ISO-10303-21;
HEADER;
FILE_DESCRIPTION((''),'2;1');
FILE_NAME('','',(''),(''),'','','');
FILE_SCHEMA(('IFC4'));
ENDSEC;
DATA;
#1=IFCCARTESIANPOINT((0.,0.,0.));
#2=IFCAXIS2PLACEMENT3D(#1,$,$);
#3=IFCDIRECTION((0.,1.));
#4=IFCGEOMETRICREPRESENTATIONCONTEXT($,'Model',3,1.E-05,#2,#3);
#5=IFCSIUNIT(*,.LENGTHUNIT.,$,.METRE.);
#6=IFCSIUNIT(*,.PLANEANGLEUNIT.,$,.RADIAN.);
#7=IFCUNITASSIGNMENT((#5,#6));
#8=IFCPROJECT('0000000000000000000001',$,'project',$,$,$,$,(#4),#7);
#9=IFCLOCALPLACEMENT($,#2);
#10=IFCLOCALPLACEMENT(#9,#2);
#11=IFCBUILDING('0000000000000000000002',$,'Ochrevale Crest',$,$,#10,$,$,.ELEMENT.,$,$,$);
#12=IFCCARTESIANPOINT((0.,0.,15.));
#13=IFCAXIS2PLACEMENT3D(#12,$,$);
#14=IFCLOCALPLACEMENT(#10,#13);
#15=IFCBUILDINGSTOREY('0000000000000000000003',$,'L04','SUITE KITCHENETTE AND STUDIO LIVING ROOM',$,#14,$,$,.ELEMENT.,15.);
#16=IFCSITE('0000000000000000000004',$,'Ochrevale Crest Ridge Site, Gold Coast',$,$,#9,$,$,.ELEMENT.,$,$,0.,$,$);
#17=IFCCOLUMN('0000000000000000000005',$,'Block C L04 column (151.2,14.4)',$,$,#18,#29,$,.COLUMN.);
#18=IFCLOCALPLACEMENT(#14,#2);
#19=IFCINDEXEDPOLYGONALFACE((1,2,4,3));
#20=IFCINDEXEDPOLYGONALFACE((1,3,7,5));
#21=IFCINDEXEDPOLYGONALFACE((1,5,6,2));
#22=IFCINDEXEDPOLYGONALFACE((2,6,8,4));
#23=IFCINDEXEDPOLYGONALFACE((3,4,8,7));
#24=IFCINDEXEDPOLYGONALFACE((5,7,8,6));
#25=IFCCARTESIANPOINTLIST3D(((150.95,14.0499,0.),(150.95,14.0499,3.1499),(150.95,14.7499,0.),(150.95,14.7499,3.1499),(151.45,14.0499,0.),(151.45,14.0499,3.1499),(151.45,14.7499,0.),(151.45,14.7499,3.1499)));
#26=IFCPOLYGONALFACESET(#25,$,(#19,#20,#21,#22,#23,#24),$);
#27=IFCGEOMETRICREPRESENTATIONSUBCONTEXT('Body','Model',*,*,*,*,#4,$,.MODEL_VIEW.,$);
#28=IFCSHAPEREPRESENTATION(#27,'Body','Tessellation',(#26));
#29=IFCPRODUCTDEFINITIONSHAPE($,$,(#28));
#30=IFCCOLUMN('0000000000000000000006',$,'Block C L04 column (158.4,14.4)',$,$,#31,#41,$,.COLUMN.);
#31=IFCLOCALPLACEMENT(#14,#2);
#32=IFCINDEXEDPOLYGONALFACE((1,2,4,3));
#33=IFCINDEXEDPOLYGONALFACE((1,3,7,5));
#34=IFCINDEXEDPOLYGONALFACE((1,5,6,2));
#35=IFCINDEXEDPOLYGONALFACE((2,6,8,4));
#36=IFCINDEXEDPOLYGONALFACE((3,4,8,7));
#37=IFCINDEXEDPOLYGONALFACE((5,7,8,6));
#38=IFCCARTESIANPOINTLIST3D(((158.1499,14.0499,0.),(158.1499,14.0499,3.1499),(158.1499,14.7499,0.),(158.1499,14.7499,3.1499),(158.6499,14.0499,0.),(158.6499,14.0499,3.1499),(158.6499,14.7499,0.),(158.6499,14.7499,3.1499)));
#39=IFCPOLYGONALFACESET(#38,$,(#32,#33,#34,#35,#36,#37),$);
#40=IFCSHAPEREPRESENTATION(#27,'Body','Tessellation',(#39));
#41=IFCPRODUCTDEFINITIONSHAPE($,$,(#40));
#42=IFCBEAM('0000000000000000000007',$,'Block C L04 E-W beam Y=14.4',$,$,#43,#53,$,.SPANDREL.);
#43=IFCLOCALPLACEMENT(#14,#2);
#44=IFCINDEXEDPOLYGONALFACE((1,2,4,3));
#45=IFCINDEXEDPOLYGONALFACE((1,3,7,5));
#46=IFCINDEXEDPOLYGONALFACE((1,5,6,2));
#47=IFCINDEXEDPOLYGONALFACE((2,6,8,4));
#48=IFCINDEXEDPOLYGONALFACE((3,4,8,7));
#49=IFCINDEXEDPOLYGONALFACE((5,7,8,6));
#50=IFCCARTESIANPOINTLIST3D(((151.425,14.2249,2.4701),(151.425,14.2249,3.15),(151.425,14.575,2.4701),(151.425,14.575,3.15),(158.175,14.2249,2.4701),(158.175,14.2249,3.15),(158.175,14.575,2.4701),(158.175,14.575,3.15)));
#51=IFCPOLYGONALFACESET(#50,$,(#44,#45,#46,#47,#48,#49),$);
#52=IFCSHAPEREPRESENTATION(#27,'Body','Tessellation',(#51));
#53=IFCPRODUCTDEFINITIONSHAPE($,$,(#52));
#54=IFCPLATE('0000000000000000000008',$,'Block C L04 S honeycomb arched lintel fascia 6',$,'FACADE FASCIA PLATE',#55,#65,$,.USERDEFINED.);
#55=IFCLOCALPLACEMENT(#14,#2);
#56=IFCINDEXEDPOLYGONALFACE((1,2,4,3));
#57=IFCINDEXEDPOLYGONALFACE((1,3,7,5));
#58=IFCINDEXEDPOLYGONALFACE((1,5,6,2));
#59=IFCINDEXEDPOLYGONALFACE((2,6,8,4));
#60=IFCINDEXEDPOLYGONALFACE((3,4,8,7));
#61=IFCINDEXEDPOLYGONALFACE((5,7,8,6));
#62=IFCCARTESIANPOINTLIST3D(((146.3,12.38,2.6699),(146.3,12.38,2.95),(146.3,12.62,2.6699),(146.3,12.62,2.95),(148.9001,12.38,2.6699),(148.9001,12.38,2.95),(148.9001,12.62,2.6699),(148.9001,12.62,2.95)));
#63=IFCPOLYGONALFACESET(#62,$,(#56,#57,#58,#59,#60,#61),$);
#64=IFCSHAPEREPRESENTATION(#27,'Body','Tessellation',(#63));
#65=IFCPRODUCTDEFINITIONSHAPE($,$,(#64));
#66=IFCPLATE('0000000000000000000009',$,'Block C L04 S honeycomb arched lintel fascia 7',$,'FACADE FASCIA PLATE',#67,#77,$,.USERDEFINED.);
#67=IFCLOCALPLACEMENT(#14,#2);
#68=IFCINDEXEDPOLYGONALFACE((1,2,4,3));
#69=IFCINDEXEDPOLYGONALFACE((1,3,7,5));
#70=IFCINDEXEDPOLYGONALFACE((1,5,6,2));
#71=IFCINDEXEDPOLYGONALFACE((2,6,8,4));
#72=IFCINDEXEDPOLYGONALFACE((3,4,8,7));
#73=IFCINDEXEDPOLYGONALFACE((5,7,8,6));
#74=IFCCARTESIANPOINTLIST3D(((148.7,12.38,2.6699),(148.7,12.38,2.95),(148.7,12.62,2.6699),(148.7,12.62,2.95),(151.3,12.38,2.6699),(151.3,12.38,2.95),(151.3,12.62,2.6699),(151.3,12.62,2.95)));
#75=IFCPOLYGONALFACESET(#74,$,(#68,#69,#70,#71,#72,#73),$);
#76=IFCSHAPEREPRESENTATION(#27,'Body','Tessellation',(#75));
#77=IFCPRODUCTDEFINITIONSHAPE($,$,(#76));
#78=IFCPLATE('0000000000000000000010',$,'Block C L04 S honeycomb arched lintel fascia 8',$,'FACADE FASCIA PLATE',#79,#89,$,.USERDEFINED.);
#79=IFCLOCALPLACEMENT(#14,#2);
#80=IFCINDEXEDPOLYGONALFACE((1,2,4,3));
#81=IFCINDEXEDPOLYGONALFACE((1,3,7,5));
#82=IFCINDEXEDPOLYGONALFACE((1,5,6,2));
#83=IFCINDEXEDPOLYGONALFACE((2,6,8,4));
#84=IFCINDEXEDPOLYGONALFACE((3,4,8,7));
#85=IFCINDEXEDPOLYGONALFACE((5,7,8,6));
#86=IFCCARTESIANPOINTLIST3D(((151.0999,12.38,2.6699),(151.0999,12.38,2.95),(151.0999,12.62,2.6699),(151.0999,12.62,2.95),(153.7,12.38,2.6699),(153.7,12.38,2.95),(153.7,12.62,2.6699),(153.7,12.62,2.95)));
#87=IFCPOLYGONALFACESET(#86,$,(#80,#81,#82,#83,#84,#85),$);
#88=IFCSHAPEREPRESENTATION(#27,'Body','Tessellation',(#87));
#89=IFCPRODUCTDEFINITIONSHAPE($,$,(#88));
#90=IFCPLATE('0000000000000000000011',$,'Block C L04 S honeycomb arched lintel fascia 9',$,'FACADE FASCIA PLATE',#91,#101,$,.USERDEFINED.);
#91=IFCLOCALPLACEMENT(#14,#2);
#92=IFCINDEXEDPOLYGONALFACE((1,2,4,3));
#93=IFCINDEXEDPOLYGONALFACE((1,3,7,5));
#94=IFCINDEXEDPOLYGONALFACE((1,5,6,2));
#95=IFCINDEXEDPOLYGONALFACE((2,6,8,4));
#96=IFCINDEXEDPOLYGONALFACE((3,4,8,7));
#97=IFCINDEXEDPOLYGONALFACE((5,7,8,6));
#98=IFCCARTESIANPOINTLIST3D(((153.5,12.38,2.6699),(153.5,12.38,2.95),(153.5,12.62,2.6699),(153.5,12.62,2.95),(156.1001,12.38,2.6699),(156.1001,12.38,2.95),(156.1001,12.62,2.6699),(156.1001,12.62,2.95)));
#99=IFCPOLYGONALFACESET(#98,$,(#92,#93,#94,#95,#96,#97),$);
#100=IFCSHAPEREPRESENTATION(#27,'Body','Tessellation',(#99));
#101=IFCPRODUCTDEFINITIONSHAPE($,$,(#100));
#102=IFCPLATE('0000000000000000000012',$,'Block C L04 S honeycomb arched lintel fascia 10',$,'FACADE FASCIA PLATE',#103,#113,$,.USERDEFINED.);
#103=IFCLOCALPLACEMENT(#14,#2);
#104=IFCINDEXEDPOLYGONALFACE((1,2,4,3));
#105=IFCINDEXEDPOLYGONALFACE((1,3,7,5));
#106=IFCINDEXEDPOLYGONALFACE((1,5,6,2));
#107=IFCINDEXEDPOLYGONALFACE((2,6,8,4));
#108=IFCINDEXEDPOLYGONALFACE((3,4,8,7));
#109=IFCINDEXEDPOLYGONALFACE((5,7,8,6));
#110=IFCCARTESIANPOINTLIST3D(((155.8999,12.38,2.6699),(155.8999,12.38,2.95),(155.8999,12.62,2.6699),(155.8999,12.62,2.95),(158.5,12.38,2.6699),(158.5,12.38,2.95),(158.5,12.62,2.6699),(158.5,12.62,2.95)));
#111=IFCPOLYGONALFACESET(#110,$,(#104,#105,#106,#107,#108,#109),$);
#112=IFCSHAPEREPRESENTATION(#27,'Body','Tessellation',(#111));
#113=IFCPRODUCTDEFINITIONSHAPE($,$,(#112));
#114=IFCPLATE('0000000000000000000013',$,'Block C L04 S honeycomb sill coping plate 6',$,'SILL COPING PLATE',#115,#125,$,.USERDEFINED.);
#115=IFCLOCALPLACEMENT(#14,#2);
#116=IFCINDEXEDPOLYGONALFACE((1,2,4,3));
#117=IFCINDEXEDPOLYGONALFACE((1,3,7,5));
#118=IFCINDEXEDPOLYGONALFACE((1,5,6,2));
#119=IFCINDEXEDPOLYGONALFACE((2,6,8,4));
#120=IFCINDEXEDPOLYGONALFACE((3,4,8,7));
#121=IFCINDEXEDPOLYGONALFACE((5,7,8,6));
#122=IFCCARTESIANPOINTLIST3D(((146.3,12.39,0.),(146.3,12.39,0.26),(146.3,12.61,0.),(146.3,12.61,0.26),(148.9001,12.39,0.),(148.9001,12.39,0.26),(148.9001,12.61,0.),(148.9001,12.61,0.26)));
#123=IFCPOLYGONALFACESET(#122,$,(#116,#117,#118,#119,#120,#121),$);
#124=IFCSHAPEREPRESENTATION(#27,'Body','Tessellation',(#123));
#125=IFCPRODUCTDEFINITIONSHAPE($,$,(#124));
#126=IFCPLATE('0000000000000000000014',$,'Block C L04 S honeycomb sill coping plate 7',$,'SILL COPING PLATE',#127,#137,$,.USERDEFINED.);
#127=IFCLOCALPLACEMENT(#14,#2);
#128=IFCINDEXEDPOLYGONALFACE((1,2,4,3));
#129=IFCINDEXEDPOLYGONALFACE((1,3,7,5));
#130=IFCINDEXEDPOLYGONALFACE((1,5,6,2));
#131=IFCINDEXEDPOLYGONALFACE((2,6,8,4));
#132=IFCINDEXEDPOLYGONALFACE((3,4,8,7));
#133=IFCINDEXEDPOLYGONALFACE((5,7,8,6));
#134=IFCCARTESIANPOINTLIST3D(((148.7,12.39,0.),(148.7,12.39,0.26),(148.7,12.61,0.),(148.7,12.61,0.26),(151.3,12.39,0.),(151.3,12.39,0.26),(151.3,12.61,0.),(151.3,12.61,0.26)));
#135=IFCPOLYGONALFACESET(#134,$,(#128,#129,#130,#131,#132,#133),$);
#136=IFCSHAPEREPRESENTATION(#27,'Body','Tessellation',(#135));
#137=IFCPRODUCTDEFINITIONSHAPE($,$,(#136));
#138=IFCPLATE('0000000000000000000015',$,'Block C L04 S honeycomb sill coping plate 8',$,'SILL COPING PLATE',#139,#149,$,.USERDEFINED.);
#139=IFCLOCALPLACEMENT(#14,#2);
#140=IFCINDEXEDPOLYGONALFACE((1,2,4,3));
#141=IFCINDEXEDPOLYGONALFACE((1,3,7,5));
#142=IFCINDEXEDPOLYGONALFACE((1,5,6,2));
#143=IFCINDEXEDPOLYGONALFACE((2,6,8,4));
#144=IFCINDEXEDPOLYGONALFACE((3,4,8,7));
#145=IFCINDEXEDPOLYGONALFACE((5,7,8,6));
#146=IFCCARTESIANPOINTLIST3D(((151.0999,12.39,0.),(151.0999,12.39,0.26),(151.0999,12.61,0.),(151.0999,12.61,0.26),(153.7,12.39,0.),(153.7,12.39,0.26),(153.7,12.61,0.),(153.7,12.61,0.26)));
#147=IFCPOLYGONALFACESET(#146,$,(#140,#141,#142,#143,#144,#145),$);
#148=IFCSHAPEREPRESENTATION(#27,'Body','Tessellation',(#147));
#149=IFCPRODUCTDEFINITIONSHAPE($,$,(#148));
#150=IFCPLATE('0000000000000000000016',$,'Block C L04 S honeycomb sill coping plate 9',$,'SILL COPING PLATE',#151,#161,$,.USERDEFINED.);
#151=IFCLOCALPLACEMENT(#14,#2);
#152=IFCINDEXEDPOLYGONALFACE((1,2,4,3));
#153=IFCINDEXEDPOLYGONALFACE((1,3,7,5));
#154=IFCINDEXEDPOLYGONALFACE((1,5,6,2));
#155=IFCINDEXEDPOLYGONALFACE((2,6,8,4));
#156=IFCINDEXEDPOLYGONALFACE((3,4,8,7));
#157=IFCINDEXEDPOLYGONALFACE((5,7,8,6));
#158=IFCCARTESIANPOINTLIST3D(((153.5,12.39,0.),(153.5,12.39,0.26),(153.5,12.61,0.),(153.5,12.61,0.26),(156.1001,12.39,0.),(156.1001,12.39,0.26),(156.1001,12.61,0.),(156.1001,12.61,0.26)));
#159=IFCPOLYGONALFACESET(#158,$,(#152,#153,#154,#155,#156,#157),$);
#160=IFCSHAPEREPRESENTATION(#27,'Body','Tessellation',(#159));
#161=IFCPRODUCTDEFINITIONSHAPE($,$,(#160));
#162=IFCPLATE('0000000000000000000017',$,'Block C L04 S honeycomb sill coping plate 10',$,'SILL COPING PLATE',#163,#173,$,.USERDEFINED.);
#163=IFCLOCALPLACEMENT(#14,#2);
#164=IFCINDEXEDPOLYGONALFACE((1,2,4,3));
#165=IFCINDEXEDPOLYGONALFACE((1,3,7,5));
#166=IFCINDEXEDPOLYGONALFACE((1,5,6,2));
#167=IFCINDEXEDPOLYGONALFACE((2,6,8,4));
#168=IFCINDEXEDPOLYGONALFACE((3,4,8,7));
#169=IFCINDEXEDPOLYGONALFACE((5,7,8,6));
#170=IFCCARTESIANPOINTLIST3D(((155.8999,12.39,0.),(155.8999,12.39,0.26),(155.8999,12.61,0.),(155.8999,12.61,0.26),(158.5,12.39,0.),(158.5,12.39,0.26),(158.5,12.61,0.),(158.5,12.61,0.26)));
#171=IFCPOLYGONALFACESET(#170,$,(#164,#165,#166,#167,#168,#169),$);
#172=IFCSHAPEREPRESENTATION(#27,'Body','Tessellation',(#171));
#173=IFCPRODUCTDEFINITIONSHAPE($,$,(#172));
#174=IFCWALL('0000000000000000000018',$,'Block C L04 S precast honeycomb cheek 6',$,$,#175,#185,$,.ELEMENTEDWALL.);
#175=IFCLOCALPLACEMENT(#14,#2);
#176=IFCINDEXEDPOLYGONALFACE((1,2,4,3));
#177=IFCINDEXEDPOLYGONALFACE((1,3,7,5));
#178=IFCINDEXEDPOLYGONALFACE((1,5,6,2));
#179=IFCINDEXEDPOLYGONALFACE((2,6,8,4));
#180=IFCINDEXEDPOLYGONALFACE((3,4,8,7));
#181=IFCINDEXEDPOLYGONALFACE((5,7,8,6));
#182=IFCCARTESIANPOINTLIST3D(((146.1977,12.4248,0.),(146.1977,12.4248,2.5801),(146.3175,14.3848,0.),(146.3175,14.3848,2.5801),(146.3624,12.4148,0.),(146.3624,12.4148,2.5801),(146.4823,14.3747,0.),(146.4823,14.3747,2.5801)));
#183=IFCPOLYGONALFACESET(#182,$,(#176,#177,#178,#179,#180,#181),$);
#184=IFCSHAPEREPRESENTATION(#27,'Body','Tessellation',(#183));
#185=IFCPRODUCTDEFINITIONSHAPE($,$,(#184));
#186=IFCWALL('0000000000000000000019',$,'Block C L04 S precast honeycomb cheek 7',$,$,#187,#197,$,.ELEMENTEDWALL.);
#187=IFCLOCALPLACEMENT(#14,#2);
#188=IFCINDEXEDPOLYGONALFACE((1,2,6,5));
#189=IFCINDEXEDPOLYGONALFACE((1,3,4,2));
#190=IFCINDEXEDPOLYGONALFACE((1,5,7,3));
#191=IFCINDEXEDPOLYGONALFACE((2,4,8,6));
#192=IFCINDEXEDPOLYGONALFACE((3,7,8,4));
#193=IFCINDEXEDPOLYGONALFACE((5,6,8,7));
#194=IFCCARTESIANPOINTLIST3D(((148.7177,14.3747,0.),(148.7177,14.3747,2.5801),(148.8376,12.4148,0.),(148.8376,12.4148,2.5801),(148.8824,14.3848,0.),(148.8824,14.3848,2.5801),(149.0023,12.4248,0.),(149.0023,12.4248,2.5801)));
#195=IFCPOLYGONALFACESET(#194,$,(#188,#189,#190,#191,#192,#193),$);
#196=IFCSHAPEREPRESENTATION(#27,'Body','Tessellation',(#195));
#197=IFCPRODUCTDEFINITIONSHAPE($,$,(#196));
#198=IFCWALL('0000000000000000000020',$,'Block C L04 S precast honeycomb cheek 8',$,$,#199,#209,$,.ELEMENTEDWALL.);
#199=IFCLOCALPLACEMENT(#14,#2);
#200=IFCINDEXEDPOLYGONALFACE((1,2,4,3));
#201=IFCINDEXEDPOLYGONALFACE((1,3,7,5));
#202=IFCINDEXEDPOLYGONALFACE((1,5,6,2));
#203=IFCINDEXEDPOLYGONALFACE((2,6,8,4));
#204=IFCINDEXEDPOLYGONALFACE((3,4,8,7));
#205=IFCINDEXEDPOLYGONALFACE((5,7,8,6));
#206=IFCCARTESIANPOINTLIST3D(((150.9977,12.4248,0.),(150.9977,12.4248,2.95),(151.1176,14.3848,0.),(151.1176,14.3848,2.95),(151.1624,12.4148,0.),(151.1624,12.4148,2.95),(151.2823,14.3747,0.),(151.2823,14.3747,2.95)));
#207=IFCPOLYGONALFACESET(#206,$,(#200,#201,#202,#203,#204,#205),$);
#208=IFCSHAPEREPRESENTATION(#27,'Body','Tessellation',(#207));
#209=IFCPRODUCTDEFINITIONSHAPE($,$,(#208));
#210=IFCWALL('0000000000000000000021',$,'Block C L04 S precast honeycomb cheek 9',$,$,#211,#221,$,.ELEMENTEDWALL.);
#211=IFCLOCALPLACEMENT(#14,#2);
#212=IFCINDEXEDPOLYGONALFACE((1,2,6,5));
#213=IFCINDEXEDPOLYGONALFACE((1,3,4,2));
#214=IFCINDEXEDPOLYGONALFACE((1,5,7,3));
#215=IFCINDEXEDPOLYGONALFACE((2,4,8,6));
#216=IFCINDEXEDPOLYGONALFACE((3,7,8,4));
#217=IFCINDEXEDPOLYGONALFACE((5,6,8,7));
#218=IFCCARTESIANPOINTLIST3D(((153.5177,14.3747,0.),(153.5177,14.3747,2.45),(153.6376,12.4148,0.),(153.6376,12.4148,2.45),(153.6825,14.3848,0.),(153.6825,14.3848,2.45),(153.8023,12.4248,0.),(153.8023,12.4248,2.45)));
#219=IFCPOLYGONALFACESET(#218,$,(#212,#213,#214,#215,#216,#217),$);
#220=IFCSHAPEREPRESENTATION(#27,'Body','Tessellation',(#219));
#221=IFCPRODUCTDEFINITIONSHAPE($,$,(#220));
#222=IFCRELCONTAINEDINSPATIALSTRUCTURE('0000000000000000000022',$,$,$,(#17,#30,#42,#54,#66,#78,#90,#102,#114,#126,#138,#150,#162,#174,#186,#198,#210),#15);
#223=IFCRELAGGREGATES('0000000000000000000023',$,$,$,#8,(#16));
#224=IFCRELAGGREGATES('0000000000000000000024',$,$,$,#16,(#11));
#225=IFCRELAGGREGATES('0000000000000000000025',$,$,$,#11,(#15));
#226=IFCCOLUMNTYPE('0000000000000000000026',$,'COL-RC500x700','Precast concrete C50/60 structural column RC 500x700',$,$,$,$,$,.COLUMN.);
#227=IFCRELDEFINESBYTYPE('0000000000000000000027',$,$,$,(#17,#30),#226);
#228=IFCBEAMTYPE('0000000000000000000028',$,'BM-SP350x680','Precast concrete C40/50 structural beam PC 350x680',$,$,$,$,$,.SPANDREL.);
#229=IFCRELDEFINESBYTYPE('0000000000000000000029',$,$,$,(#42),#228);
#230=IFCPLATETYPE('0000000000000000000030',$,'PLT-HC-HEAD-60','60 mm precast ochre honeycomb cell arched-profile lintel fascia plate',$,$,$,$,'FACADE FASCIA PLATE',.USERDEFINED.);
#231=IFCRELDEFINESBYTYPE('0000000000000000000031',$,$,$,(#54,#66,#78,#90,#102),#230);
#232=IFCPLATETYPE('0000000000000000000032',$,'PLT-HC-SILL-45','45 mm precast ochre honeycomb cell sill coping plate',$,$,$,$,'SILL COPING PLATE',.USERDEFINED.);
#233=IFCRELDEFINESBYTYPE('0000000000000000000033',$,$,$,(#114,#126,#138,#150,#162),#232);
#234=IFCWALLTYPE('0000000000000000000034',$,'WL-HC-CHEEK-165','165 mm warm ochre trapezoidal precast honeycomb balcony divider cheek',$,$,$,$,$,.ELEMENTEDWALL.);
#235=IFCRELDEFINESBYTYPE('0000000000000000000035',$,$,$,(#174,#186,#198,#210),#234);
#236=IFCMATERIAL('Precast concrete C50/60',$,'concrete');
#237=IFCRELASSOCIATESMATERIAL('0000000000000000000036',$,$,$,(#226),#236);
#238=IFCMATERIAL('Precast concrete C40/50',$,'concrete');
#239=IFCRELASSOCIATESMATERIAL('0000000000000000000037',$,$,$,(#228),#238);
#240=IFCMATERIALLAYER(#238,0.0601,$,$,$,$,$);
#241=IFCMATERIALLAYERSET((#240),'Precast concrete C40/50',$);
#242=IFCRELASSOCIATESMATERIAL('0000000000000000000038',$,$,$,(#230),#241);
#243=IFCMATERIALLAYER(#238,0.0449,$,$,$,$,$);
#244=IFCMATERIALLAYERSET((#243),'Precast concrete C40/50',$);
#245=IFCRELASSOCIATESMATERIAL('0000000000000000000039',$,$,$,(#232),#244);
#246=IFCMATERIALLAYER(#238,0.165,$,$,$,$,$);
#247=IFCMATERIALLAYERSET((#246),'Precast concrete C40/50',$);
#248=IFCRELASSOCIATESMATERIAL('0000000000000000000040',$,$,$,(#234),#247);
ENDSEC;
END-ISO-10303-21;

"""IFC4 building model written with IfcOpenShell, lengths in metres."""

from ifc_helpers import new_model, si_unit, direction, frame, frame_2d, origin, origin_2d, place, context, subcontext, project, spatial, rectangle, extrude, material, layer, layer_set, material_profile, profile_set, type_object, element, save


model = new_model("IFC4")

# Units and contexts
model_context = context("Model", 3, precision=1e-05, world=origin(), true_north=direction((0.0, 1.0)))
body_context = subcontext(model_context, "Body", "Model", "MODEL_VIEW")
ifc_project = project(units=[si_unit("LENGTHUNIT", "METRE"), si_unit("PLANEANGLEUNIT", "RADIAN")], contexts=[model_context])

# Site, building, storey
site_placement = place(None, origin())
site = spatial("IfcSite", under=ifc_project, at=site_placement, Name="Ochrevale Crest Ridge Site, Gold Coast", CompositionType="ELEMENT", RefElevation=0.0)
building_placement = place(site_placement, origin())
building = spatial("IfcBuilding", under=site, at=building_placement, Name="Ochrevale Crest", CompositionType="ELEMENT")
storey_placement = place(building_placement, frame((0.0, 0.0, 15.0)))
storey = spatial("IfcBuildingStorey", under=building, at=storey_placement, Name="L04", Description="SUITE KITCHENETTE AND STUDIO LIVING ROOM", CompositionType="ELEMENT", Elevation=15.0)

# Columns
ifc_material_1 = material(Name="Precast concrete C50/60", Category="concrete")
ifc_material_profile_1 = material_profile(ifc_material_1, rectangle(XDim=0.5, YDim=0.7, at=origin_2d()), Name="RC 500x700")
ifc_profile_set_1 = profile_set([ifc_material_profile_1], Name="Precast concrete C50/60")
column_type = type_object("IfcColumnType", Name="COL-RC500x700", Description="Precast concrete C50/60 structural column RC 500x700", PredefinedType="COLUMN", material=ifc_profile_set_1)
for number, where, z_axis, x_axis, name in (
    (1, (151.2, 14.3999, 0.0), (0.0, 0.0, 1.0), (1.0, 0.0, 0.0), "Block C L04 column (151.2,14.4)"),
    (2, (158.3999, 14.3999, 0.0), (0.0, 0.0, 1.0), (1.0, 0.0, 0.0), "Block C L04 column (158.4,14.4)"),
):
    element("IfcColumn", number, at=place(storey_placement, frame(where, z_axis=z_axis, x_axis=x_axis)), inside=storey, type_object=column_type, Name=name, PredefinedType="COLUMN", context=body_context, shape_type="SweptSolid", body=[
        extrude(rectangle(XDim=0.5, YDim=0.7, at=origin_2d()), origin(), (0.0, 0.0, 1.0), 3.1499),
    ])

# Beam
ifc_material_2 = material(Name="Precast concrete C40/50", Category="concrete")
ifc_material_profile_2 = material_profile(ifc_material_2, rectangle(XDim=0.3501, YDim=0.6799, at=origin_2d()), Name="PC 350x680")
ifc_profile_set_2 = profile_set([ifc_material_profile_2], Name="Precast concrete C40/50")
beam_type = type_object("IfcBeamType", Name="BM-SP350x680", Description="Precast concrete C40/50 structural beam PC 350x680", PredefinedType="SPANDREL", material=ifc_profile_set_2)
beam_placement = place(storey_placement, frame((151.425, 14.3999, 2.8101), z_axis=(1.0, 0.0, 0.0), x_axis=(0.0, 1.0, 0.0)))
element("IfcBeam", 3, at=beam_placement, inside=storey, type_object=beam_type, Name="Block C L04 E-W beam Y=14.4", PredefinedType="SPANDREL", context=body_context, shape_type="SweptSolid", body=[
    extrude(rectangle(XDim=0.3501, YDim=0.6799, at=origin_2d()), origin(), (0.0, 0.0, 1.0), 6.75),
])

# Plates
ifc_layer_1 = layer(ifc_material_2, 0.0601)
ifc_layer_set_1 = layer_set([ifc_layer_1], Name="Precast concrete C40/50")
plate_type_1 = type_object("IfcPlateType", Name="PLT-HC-HEAD-60", Description="60 mm precast ochre honeycomb cell arched-profile lintel fascia plate", ElementType="FACADE FASCIA PLATE", PredefinedType="USERDEFINED", material=ifc_layer_set_1)
for number, where, z_axis, x_axis, name in (
    (4, (147.6001, 12.5, 2.6699), (0.0, 0.0, 1.0), (1.0, 0.0, 0.0), "Block C L04 S honeycomb arched lintel fascia 6"),
    (5, (150.0, 12.5, 2.6699), (0.0, 0.0, 1.0), (1.0, 0.0, 0.0), "Block C L04 S honeycomb arched lintel fascia 7"),
    (6, (152.3999, 12.5, 2.6699), (0.0, 0.0, 1.0), (1.0, 0.0, 0.0), "Block C L04 S honeycomb arched lintel fascia 8"),
    (7, (154.8, 12.5, 2.6699), (0.0, 0.0, 1.0), (1.0, 0.0, 0.0), "Block C L04 S honeycomb arched lintel fascia 9"),
    (8, (157.2, 12.5, 2.6699), (0.0, 0.0, 1.0), (1.0, 0.0, 0.0), "Block C L04 S honeycomb arched lintel fascia 10"),
):
    element("IfcPlate", number, at=place(storey_placement, frame(where, z_axis=z_axis, x_axis=x_axis)), inside=storey, type_object=plate_type_1, Name=name, ObjectType="FACADE FASCIA PLATE", PredefinedType="USERDEFINED", context=body_context, shape_type="SweptSolid", body=[
        extrude(rectangle(XDim=2.6001, YDim=0.24, at=origin_2d()), origin(), (0.0, 0.0, 1.0), 0.28),
    ])
ifc_layer_2 = layer(ifc_material_2, 0.0449)
ifc_layer_set_2 = layer_set([ifc_layer_2], Name="Precast concrete C40/50")
plate_type_2 = type_object("IfcPlateType", Name="PLT-HC-SILL-45", Description="45 mm precast ochre honeycomb cell sill coping plate", ElementType="SILL COPING PLATE", PredefinedType="USERDEFINED", material=ifc_layer_set_2)
for number, where, z_axis, x_axis, name in (
    (9, (147.6001, 12.5, 0.0), (0.0, 0.0, 1.0), (1.0, 0.0, 0.0), "Block C L04 S honeycomb sill coping plate 6"),
    (10, (150.0, 12.5, 0.0), (0.0, 0.0, 1.0), (1.0, 0.0, 0.0), "Block C L04 S honeycomb sill coping plate 7"),
    (11, (152.3999, 12.5, 0.0), (0.0, 0.0, 1.0), (1.0, 0.0, 0.0), "Block C L04 S honeycomb sill coping plate 8"),
    (12, (154.8, 12.5, 0.0), (0.0, 0.0, 1.0), (1.0, 0.0, 0.0), "Block C L04 S honeycomb sill coping plate 9"),
    (13, (157.2, 12.5, 0.0), (0.0, 0.0, 1.0), (1.0, 0.0, 0.0), "Block C L04 S honeycomb sill coping plate 10"),
):
    element("IfcPlate", number, at=place(storey_placement, frame(where, z_axis=z_axis, x_axis=x_axis)), inside=storey, type_object=plate_type_2, Name=name, ObjectType="SILL COPING PLATE", PredefinedType="USERDEFINED", context=body_context, shape_type="SweptSolid", body=[
        extrude(rectangle(XDim=2.6001, YDim=0.22, at=origin_2d()), origin(), (0.0, 0.0, 1.0), 0.26),
    ])

# Walls
ifc_layer_3 = layer(ifc_material_2, 0.165)
ifc_layer_set_3 = layer_set([ifc_layer_3], Name="Precast concrete C40/50")
wall_type = type_object("IfcWallType", Name="WL-HC-CHEEK-165", Description="165 mm warm ochre trapezoidal precast honeycomb balcony divider cheek", PredefinedType="ELEMENTEDWALL", material=ifc_layer_set_3)
for number, where, z_axis, x_axis, name in (
    (14, (146.3999, 14.3799, 0.0), (0.0, 0.0, 1.0), (-0.061047, -0.998135, 0.0), "Block C L04 S precast honeycomb cheek 6"),
    (15, (148.8, 14.3799, 0.0), (0.0, 0.0, 1.0), (0.061047, -0.998135, 0.0), "Block C L04 S precast honeycomb cheek 7"),
):
    element("IfcWall", number, at=place(storey_placement, frame(where, z_axis=z_axis, x_axis=x_axis)), inside=storey, type_object=wall_type, Name=name, PredefinedType="ELEMENTEDWALL", context=body_context, shape_type="SweptSolid", body=[
        extrude(rectangle(XDim=1.9636, YDim=0.165, at=frame_2d((0.9819, 0.0))), origin(), (0.0, 0.0, 1.0), 2.5801),
    ])
wall_1_placement = place(storey_placement, frame((151.2, 14.3799, 0.0), z_axis=(0.0, 0.0, 1.0), x_axis=(-0.061047, -0.998135, 0.0)))
element("IfcWall", 16, at=wall_1_placement, inside=storey, type_object=wall_type, Name="Block C L04 S precast honeycomb cheek 8", PredefinedType="ELEMENTEDWALL", context=body_context, shape_type="SweptSolid", body=[
    extrude(rectangle(XDim=1.9636, YDim=0.165, at=frame_2d((0.9819, 0.0))), origin(), (0.0, 0.0, 1.0), 2.95),
])
for number, where, z_axis, x_axis, name in (
    (17, (153.6001, 14.3799, 0.0), (0.0, 0.0, 1.0), (0.061047, -0.998135, 0.0), "Block C L04 S precast honeycomb cheek 9"),
):
    element("IfcWall", number, at=place(storey_placement, frame(where, z_axis=z_axis, x_axis=x_axis)), inside=storey, type_object=wall_type, Name=name, PredefinedType="ELEMENTEDWALL", context=body_context, shape_type="SweptSolid", body=[
        extrude(rectangle(XDim=1.9636, YDim=0.165, at=frame_2d((0.9819, 0.0))), origin(), (0.0, 0.0, 1.0), 2.45),
    ])

save(model, "model.ifc")
